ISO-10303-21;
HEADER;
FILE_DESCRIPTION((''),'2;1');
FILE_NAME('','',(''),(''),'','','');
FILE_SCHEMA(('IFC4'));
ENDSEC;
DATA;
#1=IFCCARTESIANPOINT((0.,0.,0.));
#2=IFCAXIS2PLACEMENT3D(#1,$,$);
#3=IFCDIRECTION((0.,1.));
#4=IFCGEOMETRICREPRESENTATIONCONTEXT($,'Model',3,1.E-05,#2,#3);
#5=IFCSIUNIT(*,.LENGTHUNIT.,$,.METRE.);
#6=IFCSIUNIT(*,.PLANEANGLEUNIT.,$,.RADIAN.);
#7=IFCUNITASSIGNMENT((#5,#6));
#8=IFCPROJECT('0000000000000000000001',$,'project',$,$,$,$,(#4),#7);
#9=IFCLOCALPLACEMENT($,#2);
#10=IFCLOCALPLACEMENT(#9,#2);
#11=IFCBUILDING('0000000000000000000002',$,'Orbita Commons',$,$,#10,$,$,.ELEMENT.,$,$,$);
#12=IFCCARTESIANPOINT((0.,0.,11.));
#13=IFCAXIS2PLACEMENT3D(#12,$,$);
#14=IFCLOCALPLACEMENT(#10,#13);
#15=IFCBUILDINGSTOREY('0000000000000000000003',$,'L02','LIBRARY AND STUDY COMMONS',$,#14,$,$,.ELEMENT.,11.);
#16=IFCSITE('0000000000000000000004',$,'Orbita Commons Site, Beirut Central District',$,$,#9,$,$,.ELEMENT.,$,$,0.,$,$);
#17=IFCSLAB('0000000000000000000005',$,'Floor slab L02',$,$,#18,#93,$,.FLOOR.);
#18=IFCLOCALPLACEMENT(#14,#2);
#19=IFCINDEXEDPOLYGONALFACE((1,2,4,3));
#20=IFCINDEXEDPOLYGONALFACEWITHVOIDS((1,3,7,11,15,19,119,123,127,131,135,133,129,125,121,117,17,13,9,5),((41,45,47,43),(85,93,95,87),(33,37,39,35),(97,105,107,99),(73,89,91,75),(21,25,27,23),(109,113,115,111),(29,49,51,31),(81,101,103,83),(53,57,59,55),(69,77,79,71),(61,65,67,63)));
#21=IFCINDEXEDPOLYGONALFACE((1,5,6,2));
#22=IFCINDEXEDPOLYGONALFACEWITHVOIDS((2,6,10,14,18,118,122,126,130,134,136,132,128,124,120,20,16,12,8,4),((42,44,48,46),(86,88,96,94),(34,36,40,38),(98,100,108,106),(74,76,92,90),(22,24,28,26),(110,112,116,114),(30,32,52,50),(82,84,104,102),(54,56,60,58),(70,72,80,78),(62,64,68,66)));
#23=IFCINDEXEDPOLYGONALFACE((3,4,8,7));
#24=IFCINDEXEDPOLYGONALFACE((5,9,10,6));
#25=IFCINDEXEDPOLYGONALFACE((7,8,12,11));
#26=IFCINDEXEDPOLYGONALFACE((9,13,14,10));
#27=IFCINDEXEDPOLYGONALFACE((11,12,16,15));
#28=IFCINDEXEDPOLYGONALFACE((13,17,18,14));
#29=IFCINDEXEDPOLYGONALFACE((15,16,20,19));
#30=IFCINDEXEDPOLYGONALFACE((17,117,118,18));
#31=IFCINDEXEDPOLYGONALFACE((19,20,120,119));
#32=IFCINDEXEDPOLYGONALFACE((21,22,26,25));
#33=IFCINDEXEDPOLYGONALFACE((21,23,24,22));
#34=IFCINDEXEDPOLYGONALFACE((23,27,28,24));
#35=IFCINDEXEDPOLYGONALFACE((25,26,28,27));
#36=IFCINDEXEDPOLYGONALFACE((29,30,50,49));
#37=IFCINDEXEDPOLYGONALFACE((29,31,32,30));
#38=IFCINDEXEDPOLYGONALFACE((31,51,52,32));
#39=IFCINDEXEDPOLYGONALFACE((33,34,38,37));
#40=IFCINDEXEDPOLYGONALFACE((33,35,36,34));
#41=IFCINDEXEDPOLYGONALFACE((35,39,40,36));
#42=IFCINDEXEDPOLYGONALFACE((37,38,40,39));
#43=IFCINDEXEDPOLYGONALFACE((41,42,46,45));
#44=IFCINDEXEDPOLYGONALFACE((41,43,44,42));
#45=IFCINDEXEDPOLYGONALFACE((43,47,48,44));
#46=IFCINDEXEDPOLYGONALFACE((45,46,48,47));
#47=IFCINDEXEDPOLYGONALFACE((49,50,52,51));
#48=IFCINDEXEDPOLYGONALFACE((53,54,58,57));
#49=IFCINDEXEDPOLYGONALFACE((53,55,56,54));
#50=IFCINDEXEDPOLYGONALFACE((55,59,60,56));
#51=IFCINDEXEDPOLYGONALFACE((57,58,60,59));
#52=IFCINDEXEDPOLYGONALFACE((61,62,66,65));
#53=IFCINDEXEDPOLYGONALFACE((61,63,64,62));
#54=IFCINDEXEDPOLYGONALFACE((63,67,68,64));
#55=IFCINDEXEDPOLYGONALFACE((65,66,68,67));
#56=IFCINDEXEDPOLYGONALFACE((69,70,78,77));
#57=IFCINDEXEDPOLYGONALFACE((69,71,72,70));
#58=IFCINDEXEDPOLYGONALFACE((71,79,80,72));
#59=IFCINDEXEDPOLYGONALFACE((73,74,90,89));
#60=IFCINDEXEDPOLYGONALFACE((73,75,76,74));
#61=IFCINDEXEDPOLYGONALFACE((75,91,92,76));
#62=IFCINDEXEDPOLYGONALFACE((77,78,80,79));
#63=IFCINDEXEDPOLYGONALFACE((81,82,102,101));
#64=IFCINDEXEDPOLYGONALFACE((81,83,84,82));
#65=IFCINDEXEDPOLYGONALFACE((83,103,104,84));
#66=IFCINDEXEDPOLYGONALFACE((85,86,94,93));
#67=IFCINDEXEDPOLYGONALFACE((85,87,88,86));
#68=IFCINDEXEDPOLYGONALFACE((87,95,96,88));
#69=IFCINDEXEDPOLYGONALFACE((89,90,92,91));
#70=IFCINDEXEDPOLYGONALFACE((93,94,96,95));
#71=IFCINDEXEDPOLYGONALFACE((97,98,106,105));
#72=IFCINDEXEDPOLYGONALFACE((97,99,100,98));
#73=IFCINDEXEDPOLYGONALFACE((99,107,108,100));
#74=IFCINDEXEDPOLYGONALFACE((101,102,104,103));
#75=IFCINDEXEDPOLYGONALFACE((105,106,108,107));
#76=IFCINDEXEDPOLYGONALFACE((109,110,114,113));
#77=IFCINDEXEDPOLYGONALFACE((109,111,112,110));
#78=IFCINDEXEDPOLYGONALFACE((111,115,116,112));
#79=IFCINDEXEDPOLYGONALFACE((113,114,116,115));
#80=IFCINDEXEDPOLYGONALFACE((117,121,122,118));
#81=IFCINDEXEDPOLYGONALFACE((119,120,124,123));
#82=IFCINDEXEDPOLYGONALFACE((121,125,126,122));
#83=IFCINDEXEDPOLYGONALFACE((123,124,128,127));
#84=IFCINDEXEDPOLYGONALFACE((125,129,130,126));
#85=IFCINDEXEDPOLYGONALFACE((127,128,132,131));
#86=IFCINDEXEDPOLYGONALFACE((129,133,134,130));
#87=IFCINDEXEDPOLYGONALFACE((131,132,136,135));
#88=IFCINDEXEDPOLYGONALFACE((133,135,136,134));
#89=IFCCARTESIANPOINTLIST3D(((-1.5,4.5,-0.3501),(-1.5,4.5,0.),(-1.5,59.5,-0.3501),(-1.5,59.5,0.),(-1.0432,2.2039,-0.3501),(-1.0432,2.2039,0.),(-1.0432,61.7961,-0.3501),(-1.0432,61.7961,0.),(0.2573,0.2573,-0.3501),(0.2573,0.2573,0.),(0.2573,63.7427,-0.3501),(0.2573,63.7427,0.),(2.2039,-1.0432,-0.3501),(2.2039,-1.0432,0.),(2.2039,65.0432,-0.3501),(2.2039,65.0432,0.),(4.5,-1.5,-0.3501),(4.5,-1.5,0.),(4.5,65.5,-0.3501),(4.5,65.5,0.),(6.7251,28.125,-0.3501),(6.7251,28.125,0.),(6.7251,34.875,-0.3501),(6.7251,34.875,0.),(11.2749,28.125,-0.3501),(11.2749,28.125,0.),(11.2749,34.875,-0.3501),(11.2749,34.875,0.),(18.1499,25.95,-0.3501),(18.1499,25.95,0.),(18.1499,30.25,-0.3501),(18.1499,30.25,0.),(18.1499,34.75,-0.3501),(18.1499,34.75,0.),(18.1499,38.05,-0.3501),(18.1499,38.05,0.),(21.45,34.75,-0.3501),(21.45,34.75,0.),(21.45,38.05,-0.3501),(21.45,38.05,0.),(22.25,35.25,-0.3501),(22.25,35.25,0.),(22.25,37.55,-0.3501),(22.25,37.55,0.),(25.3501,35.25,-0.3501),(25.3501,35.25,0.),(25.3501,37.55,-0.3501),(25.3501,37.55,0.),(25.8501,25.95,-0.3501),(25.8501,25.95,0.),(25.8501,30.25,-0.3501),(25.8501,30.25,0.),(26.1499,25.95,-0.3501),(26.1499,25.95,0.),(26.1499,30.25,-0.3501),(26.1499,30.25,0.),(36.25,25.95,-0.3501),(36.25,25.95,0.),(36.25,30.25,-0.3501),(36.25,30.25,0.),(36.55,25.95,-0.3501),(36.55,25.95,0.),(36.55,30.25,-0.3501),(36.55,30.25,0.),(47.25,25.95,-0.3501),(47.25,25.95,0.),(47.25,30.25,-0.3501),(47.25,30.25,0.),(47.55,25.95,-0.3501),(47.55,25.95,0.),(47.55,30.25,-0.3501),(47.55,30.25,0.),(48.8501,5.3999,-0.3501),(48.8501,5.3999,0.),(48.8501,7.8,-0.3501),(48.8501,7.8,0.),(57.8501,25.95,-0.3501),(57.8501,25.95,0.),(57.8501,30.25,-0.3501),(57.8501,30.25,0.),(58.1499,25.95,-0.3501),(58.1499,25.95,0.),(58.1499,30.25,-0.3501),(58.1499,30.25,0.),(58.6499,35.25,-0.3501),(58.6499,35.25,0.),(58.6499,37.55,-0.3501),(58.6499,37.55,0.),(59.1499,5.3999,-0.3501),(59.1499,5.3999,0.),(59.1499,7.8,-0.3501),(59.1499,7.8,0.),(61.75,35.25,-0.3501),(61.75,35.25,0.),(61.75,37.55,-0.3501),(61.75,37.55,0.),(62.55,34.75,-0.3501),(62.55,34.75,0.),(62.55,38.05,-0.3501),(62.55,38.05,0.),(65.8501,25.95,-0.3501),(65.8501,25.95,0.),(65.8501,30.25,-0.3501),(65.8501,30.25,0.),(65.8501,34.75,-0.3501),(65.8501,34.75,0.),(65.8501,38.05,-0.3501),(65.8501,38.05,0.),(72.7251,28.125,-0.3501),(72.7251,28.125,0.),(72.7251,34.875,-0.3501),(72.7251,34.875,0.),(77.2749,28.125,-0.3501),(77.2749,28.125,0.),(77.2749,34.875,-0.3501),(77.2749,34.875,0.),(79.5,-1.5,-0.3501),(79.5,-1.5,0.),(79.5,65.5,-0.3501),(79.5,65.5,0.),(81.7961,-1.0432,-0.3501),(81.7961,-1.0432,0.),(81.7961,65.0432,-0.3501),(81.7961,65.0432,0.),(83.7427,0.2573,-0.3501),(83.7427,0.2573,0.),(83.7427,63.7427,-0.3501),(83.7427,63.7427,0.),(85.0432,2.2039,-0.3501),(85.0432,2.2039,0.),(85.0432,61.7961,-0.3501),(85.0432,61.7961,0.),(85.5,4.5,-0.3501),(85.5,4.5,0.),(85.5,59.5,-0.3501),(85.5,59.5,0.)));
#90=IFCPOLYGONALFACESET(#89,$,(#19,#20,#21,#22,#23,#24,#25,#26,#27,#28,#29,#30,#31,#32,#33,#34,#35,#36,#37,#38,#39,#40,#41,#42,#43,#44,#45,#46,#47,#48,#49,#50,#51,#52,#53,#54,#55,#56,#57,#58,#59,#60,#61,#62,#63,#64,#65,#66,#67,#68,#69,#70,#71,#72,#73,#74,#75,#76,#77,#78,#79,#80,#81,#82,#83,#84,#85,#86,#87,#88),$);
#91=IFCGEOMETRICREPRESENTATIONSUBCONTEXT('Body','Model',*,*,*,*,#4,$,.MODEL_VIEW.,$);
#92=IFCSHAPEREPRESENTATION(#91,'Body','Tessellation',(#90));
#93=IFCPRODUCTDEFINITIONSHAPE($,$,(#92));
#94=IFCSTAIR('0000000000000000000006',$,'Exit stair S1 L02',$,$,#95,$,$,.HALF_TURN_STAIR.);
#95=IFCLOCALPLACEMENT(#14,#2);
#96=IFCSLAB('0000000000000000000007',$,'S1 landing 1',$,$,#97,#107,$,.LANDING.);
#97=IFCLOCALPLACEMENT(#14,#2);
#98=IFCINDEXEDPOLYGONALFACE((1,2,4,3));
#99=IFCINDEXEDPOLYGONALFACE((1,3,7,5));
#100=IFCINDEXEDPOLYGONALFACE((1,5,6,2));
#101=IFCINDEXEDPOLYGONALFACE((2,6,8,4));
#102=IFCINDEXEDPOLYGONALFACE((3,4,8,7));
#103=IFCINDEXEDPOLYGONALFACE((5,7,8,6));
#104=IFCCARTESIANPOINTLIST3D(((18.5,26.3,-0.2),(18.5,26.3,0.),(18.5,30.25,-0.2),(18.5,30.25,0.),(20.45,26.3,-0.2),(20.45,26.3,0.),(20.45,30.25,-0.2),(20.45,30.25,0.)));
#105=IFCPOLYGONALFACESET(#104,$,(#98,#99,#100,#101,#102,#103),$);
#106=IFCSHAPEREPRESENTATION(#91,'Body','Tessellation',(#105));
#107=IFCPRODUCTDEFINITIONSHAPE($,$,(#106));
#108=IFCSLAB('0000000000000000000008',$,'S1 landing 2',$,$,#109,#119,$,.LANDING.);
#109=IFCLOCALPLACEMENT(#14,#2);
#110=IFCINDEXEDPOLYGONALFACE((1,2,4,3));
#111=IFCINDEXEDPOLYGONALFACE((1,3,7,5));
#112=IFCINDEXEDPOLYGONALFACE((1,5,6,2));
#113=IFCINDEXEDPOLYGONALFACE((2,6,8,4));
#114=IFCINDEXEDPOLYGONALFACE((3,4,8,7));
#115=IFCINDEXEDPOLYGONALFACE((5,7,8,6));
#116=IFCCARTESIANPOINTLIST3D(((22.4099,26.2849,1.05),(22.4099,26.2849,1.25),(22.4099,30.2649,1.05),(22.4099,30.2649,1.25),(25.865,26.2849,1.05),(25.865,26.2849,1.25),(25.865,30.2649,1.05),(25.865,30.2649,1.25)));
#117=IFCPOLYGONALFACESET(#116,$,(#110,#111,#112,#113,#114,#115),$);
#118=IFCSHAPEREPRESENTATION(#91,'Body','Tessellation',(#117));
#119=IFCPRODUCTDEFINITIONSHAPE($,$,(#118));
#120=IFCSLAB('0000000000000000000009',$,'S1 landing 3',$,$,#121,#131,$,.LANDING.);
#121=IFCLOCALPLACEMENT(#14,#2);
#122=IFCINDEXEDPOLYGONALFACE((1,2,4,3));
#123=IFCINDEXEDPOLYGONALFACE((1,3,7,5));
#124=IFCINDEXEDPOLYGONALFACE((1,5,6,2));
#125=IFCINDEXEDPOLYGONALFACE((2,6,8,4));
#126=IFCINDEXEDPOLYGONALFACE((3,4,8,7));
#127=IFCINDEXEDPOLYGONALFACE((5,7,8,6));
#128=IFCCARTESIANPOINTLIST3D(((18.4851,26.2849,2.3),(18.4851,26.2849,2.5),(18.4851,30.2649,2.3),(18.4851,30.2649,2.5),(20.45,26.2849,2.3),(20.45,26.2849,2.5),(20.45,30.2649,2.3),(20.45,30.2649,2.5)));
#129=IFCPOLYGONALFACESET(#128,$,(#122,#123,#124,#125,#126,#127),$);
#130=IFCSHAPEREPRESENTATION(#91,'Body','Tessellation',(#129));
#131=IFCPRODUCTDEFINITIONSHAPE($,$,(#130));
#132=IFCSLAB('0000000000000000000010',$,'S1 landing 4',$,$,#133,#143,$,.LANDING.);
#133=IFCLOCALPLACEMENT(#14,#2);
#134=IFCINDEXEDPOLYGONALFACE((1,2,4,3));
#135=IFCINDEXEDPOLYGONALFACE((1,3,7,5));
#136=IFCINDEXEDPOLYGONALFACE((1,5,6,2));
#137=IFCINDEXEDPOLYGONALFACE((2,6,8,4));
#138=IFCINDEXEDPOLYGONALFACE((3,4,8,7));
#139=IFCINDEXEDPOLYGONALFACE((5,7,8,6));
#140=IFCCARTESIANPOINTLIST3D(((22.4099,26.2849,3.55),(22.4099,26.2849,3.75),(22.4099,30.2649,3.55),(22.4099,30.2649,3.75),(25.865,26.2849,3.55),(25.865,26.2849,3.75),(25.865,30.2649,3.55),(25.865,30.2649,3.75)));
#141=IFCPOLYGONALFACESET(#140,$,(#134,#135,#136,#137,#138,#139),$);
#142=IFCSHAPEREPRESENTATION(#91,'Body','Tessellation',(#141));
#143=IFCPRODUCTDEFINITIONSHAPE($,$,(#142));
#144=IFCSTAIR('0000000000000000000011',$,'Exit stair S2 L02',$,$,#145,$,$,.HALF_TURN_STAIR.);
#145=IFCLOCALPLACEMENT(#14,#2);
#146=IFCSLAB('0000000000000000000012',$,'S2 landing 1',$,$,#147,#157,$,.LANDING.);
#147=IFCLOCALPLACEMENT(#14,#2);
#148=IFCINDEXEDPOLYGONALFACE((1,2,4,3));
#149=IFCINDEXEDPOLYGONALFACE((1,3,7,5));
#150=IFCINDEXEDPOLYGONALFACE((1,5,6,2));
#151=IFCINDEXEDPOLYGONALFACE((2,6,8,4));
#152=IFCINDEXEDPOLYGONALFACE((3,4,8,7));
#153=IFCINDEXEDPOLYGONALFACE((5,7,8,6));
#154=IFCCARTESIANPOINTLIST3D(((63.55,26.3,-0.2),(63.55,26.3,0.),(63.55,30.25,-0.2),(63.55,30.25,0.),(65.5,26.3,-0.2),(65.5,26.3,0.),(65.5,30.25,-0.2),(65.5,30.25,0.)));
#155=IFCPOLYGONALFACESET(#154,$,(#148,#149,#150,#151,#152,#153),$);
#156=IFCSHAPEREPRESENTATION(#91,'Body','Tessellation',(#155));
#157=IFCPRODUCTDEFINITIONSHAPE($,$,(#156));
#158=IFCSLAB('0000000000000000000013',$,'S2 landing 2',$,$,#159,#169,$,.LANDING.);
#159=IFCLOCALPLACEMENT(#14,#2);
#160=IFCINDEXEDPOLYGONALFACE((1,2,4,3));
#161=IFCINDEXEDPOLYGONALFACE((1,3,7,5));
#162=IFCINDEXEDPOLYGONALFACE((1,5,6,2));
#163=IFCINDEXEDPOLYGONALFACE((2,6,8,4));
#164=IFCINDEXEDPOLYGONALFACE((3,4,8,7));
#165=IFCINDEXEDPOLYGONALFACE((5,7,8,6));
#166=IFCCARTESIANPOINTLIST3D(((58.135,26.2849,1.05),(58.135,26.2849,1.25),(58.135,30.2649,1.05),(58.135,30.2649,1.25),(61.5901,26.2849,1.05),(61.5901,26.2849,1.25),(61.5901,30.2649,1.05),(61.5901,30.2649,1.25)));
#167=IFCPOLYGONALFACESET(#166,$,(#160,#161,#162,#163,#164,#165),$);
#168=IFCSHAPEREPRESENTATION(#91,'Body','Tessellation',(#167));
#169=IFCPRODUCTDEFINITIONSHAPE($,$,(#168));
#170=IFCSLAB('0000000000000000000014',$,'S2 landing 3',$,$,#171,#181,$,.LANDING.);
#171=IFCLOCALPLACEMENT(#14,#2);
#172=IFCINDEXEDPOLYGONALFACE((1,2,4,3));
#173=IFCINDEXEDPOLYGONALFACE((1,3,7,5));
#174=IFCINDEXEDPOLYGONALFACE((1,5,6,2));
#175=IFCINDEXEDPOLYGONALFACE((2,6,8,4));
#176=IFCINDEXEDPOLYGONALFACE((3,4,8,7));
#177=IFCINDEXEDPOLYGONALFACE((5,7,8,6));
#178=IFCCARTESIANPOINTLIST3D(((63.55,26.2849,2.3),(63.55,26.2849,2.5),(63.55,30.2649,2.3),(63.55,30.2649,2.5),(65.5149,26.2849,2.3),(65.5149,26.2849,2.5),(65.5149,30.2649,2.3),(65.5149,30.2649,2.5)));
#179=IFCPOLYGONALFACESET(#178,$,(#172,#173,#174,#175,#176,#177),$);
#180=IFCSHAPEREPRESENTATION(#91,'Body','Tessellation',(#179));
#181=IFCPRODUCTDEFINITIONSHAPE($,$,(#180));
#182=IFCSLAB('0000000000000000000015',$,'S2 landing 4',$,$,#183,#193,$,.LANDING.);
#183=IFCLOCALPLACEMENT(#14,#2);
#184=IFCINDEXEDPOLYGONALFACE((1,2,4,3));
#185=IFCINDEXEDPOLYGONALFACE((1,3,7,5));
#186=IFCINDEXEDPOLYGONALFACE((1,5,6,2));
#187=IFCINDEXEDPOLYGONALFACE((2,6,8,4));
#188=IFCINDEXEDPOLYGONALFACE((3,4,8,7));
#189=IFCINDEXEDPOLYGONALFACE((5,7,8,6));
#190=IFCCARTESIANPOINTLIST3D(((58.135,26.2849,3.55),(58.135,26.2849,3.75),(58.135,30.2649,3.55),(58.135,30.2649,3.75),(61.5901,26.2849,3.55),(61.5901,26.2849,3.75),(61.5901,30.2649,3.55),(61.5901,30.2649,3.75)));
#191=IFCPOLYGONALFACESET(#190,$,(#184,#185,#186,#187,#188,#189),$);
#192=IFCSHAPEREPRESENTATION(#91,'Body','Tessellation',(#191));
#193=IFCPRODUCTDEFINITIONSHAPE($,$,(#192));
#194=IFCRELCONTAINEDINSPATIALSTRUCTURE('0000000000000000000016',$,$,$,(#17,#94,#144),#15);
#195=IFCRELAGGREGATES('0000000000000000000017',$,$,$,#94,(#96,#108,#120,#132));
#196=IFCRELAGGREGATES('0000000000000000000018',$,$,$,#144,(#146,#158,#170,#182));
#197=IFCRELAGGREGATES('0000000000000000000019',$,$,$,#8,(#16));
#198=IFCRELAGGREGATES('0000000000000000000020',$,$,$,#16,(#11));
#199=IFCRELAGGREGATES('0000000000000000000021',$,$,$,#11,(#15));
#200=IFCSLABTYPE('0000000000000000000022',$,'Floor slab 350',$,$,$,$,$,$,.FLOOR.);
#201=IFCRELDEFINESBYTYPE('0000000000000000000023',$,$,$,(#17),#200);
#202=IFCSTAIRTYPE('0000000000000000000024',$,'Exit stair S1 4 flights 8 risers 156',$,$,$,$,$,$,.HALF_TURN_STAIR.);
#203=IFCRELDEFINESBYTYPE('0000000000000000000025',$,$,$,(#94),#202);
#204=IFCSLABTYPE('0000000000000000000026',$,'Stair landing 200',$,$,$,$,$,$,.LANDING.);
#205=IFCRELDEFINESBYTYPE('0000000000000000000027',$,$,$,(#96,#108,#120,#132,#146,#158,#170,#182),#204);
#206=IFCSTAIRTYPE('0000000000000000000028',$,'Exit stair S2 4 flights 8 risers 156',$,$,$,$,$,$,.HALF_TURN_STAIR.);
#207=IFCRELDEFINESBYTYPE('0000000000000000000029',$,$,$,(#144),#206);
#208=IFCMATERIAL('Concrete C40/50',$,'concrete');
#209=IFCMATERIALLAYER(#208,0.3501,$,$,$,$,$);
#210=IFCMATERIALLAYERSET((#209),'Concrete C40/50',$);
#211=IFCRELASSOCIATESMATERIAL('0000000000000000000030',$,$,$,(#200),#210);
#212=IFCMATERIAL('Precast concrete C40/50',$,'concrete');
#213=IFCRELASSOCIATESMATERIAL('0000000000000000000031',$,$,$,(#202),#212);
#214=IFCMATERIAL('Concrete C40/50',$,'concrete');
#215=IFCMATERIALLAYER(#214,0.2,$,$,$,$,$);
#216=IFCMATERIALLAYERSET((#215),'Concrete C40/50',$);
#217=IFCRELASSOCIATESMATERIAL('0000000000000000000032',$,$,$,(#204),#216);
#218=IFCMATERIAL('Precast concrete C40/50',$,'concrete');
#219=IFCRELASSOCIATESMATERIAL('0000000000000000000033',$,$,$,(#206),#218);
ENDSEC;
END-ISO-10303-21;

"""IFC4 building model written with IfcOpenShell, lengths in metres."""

from ifc_helpers import new_model, si_unit, direction, frame, origin, place, context, subcontext, project, spatial, polyline, outline, extrude, material, layer, layer_set, type_object, element, aggregate, save


model = new_model("IFC4")

# Units and contexts
model_context = context("Model", 3, precision=1e-05, world=origin(), true_north=direction((0.0, 1.0)))
body_context = subcontext(model_context, "Body", "Model", "MODEL_VIEW")
ifc_project = project(units=[si_unit("LENGTHUNIT", "METRE"), si_unit("PLANEANGLEUNIT", "RADIAN")], contexts=[model_context])

# Site, building, storey
site_placement = place(None, origin())
site = spatial("IfcSite", under=ifc_project, at=site_placement, Name="Orbita Commons Site, Beirut Central District", CompositionType="ELEMENT", RefElevation=0.0)
building_placement = place(site_placement, origin())
building = spatial("IfcBuilding", under=site, at=building_placement, Name="Orbita Commons", CompositionType="ELEMENT")
storey_placement = place(building_placement, frame((0.0, 0.0, 11.0)))
storey = spatial("IfcBuildingStorey", under=building, at=storey_placement, Name="L02", Description="LIBRARY AND STUDY COMMONS", CompositionType="ELEMENT", Elevation=11.0)

# Slab
ifc_material_1 = material(Name="Concrete C40/50", Category="concrete")
ifc_layer_1 = layer(ifc_material_1, 0.3501)
ifc_layer_set_1 = layer_set([ifc_layer_1], Name="Concrete C40/50")
slab_type_1 = type_object("IfcSlabType", Name="Floor slab 350", PredefinedType="FLOOR", material=ifc_layer_set_1)
slab_1_placement = place(storey_placement, frame((0.0, 0.0, -0.3501)))
element("IfcSlab", 1, at=slab_1_placement, inside=storey, type_object=slab_type_1, Name="Floor slab L02", PredefinedType="FLOOR", context=body_context, shape_type="SweptSolid", body=[
    extrude(outline(polyline([(79.5, -1.5), (81.7961, -1.0432), (83.7427, 0.2573), (85.0432, 2.2039), (85.5, 4.5), (85.5, 59.5), (85.0432, 61.7961), (83.7427, 63.7427), (81.7961, 65.0432), (79.5, 65.5), (4.5, 65.5), (2.2039, 65.0432), (0.2573, 63.7427), (-1.0432, 61.7961), (-1.5, 59.5), (-1.5, 4.5), (-1.0432, 2.2039), (0.2573, 0.2573), (2.2039, -1.0432), (4.5, -1.5), (79.5, -1.5)]), holes=[polyline([(18.1499, 25.95), (25.8501, 25.95), (25.8501, 30.25), (18.1499, 30.25), (18.1499, 25.95)]), polyline([(58.1499, 25.95), (65.8501, 25.95), (65.8501, 30.25), (58.1499, 30.25), (58.1499, 25.95)]), polyline([(18.1499, 34.75), (21.45, 34.75), (21.45, 38.05), (18.1499, 38.05), (18.1499, 34.75)]), polyline([(62.55, 34.75), (65.8501, 34.75), (65.8501, 38.05), (62.55, 38.05), (62.55, 34.75)]), polyline([(22.25, 35.25), (25.3501, 35.25), (25.3501, 37.55), (22.25, 37.55), (22.25, 35.25)]), polyline([(58.6499, 35.25), (61.75, 35.25), (61.75, 37.55), (58.6499, 37.55), (58.6499, 35.25)]), polyline([(26.1499, 25.95), (36.25, 25.95), (36.25, 30.25), (26.1499, 30.25), (26.1499, 25.95)]), polyline([(36.55, 25.95), (47.25, 25.95), (47.25, 30.25), (36.55, 30.25), (36.55, 25.95)]), polyline([(47.55, 25.95), (57.8501, 25.95), (57.8501, 30.25), (47.55, 30.25), (47.55, 25.95)]), polyline([(48.8501, 5.3999), (59.1499, 5.3999), (59.1499, 7.8), (48.8501, 7.8), (48.8501, 5.3999)]), polyline([(6.7251, 28.125), (11.2749, 28.125), (11.2749, 34.875), (6.7251, 34.875), (6.7251, 28.125)]), polyline([(72.7251, 28.125), (77.2749, 28.125), (77.2749, 34.875), (72.7251, 34.875), (72.7251, 28.125)])]), origin(), (0.0, 0.0, 1.0), 0.3501),
])

# Stairs, slabs
ifc_material_2 = material(Name="Precast concrete C40/50", Category="concrete")
stair_type_1 = type_object("IfcStairType", Name="Exit stair S1 4 flights 8 risers 156", PredefinedType="HALF_TURN_STAIR", material=ifc_material_2)
stair_1_placement = place(storey_placement, origin())
stair_1 = element("IfcStair", 2, at=stair_1_placement, inside=storey, type_object=stair_type_1, Name="Exit stair S1 L02", PredefinedType="HALF_TURN_STAIR")
ifc_material_3 = material(Name="Concrete C40/50", Category="concrete")
ifc_layer_2 = layer(ifc_material_3, 0.2)
ifc_layer_set_2 = layer_set([ifc_layer_2], Name="Concrete C40/50")
slab_type_2 = type_object("IfcSlabType", Name="Stair landing 200", PredefinedType="LANDING", material=ifc_layer_set_2)
slab_2_placement = place(storey_placement, frame((0.0, 0.0, -0.2)))
slab_2 = element("IfcSlab", 3, at=slab_2_placement, type_object=slab_type_2, Name="S1 landing 1", PredefinedType="LANDING", context=body_context, shape_type="SweptSolid", body=[
    extrude(outline(polyline([(18.5, 26.3), (20.45, 26.3), (20.45, 30.25), (18.5, 30.25), (18.5, 26.3)])), origin(), (0.0, 0.0, 1.0), 0.2),
])
slab_3_placement = place(storey_placement, frame((0.0, 0.0, 1.05)))
slab_3 = element("IfcSlab", 4, at=slab_3_placement, type_object=slab_type_2, Name="S1 landing 2", PredefinedType="LANDING", context=body_context, shape_type="SweptSolid", body=[
    extrude(outline(polyline([(22.4099, 26.2849), (25.865, 26.2849), (25.865, 30.2649), (22.4099, 30.2649), (22.4099, 26.2849)])), origin(), (0.0, 0.0, 1.0), 0.2),
])
slab_4_placement = place(storey_placement, frame((0.0, 0.0, 2.3)))
slab_4 = element("IfcSlab", 5, at=slab_4_placement, type_object=slab_type_2, Name="S1 landing 3", PredefinedType="LANDING", context=body_context, shape_type="SweptSolid", body=[
    extrude(outline(polyline([(18.4851, 26.2849), (20.45, 26.2849), (20.45, 30.2649), (18.4851, 30.2649), (18.4851, 26.2849)])), origin(), (0.0, 0.0, 1.0), 0.2),
])
slab_5_placement = place(storey_placement, frame((0.0, 0.0, 3.55)))
slab_5 = element("IfcSlab", 6, at=slab_5_placement, type_object=slab_type_2, Name="S1 landing 4", PredefinedType="LANDING", context=body_context, shape_type="SweptSolid", body=[
    extrude(outline(polyline([(22.4099, 26.2849), (25.865, 26.2849), (25.865, 30.2649), (22.4099, 30.2649), (22.4099, 26.2849)])), origin(), (0.0, 0.0, 1.0), 0.2),
])
aggregate(stair_1, [slab_2, slab_3, slab_4, slab_5])
ifc_material_4 = material(Name="Precast concrete C40/50", Category="concrete")
stair_type_2 = type_object("IfcStairType", Name="Exit stair S2 4 flights 8 risers 156", PredefinedType="HALF_TURN_STAIR", material=ifc_material_4)
stair_2_placement = place(storey_placement, origin())
stair_2 = element("IfcStair", 7, at=stair_2_placement, inside=storey, type_object=stair_type_2, Name="Exit stair S2 L02", PredefinedType="HALF_TURN_STAIR")
slab_6_placement = place(storey_placement, frame((0.0, 0.0, -0.2)))
slab_6 = element("IfcSlab", 8, at=slab_6_placement, type_object=slab_type_2, Name="S2 landing 1", PredefinedType="LANDING", context=body_context, shape_type="SweptSolid", body=[
    extrude(outline(polyline([(63.55, 26.3), (65.5, 26.3), (65.5, 30.25), (63.55, 30.25), (63.55, 26.3)])), origin(), (0.0, 0.0, 1.0), 0.2),
])
slab_7_placement = place(storey_placement, frame((0.0, 0.0, 1.05)))
slab_7 = element("IfcSlab", 9, at=slab_7_placement, type_object=slab_type_2, Name="S2 landing 2", PredefinedType="LANDING", context=body_context, shape_type="SweptSolid", body=[
    extrude(outline(polyline([(58.135, 26.2849), (61.5901, 26.2849), (61.5901, 30.2649), (58.135, 30.2649), (58.135, 26.2849)])), origin(), (0.0, 0.0, 1.0), 0.2),
])
slab_8_placement = place(storey_placement, frame((0.0, 0.0, 2.3)))
slab_8 = element("IfcSlab", 10, at=slab_8_placement, type_object=slab_type_2, Name="S2 landing 3", PredefinedType="LANDING", context=body_context, shape_type="SweptSolid", body=[
    extrude(outline(polyline([(63.55, 26.2849), (65.5149, 26.2849), (65.5149, 30.2649), (63.55, 30.2649), (63.55, 26.2849)])), origin(), (0.0, 0.0, 1.0), 0.2),
])
slab_9_placement = place(storey_placement, frame((0.0, 0.0, 3.55)))
slab_9 = element("IfcSlab", 11, at=slab_9_placement, type_object=slab_type_2, Name="S2 landing 4", PredefinedType="LANDING", context=body_context, shape_type="SweptSolid", body=[
    extrude(outline(polyline([(58.135, 26.2849), (61.5901, 26.2849), (61.5901, 30.2649), (58.135, 30.2649), (58.135, 26.2849)])), origin(), (0.0, 0.0, 1.0), 0.2),
])
aggregate(stair_2, [slab_6, slab_7, slab_8, slab_9])

save(model, "model.ifc")
